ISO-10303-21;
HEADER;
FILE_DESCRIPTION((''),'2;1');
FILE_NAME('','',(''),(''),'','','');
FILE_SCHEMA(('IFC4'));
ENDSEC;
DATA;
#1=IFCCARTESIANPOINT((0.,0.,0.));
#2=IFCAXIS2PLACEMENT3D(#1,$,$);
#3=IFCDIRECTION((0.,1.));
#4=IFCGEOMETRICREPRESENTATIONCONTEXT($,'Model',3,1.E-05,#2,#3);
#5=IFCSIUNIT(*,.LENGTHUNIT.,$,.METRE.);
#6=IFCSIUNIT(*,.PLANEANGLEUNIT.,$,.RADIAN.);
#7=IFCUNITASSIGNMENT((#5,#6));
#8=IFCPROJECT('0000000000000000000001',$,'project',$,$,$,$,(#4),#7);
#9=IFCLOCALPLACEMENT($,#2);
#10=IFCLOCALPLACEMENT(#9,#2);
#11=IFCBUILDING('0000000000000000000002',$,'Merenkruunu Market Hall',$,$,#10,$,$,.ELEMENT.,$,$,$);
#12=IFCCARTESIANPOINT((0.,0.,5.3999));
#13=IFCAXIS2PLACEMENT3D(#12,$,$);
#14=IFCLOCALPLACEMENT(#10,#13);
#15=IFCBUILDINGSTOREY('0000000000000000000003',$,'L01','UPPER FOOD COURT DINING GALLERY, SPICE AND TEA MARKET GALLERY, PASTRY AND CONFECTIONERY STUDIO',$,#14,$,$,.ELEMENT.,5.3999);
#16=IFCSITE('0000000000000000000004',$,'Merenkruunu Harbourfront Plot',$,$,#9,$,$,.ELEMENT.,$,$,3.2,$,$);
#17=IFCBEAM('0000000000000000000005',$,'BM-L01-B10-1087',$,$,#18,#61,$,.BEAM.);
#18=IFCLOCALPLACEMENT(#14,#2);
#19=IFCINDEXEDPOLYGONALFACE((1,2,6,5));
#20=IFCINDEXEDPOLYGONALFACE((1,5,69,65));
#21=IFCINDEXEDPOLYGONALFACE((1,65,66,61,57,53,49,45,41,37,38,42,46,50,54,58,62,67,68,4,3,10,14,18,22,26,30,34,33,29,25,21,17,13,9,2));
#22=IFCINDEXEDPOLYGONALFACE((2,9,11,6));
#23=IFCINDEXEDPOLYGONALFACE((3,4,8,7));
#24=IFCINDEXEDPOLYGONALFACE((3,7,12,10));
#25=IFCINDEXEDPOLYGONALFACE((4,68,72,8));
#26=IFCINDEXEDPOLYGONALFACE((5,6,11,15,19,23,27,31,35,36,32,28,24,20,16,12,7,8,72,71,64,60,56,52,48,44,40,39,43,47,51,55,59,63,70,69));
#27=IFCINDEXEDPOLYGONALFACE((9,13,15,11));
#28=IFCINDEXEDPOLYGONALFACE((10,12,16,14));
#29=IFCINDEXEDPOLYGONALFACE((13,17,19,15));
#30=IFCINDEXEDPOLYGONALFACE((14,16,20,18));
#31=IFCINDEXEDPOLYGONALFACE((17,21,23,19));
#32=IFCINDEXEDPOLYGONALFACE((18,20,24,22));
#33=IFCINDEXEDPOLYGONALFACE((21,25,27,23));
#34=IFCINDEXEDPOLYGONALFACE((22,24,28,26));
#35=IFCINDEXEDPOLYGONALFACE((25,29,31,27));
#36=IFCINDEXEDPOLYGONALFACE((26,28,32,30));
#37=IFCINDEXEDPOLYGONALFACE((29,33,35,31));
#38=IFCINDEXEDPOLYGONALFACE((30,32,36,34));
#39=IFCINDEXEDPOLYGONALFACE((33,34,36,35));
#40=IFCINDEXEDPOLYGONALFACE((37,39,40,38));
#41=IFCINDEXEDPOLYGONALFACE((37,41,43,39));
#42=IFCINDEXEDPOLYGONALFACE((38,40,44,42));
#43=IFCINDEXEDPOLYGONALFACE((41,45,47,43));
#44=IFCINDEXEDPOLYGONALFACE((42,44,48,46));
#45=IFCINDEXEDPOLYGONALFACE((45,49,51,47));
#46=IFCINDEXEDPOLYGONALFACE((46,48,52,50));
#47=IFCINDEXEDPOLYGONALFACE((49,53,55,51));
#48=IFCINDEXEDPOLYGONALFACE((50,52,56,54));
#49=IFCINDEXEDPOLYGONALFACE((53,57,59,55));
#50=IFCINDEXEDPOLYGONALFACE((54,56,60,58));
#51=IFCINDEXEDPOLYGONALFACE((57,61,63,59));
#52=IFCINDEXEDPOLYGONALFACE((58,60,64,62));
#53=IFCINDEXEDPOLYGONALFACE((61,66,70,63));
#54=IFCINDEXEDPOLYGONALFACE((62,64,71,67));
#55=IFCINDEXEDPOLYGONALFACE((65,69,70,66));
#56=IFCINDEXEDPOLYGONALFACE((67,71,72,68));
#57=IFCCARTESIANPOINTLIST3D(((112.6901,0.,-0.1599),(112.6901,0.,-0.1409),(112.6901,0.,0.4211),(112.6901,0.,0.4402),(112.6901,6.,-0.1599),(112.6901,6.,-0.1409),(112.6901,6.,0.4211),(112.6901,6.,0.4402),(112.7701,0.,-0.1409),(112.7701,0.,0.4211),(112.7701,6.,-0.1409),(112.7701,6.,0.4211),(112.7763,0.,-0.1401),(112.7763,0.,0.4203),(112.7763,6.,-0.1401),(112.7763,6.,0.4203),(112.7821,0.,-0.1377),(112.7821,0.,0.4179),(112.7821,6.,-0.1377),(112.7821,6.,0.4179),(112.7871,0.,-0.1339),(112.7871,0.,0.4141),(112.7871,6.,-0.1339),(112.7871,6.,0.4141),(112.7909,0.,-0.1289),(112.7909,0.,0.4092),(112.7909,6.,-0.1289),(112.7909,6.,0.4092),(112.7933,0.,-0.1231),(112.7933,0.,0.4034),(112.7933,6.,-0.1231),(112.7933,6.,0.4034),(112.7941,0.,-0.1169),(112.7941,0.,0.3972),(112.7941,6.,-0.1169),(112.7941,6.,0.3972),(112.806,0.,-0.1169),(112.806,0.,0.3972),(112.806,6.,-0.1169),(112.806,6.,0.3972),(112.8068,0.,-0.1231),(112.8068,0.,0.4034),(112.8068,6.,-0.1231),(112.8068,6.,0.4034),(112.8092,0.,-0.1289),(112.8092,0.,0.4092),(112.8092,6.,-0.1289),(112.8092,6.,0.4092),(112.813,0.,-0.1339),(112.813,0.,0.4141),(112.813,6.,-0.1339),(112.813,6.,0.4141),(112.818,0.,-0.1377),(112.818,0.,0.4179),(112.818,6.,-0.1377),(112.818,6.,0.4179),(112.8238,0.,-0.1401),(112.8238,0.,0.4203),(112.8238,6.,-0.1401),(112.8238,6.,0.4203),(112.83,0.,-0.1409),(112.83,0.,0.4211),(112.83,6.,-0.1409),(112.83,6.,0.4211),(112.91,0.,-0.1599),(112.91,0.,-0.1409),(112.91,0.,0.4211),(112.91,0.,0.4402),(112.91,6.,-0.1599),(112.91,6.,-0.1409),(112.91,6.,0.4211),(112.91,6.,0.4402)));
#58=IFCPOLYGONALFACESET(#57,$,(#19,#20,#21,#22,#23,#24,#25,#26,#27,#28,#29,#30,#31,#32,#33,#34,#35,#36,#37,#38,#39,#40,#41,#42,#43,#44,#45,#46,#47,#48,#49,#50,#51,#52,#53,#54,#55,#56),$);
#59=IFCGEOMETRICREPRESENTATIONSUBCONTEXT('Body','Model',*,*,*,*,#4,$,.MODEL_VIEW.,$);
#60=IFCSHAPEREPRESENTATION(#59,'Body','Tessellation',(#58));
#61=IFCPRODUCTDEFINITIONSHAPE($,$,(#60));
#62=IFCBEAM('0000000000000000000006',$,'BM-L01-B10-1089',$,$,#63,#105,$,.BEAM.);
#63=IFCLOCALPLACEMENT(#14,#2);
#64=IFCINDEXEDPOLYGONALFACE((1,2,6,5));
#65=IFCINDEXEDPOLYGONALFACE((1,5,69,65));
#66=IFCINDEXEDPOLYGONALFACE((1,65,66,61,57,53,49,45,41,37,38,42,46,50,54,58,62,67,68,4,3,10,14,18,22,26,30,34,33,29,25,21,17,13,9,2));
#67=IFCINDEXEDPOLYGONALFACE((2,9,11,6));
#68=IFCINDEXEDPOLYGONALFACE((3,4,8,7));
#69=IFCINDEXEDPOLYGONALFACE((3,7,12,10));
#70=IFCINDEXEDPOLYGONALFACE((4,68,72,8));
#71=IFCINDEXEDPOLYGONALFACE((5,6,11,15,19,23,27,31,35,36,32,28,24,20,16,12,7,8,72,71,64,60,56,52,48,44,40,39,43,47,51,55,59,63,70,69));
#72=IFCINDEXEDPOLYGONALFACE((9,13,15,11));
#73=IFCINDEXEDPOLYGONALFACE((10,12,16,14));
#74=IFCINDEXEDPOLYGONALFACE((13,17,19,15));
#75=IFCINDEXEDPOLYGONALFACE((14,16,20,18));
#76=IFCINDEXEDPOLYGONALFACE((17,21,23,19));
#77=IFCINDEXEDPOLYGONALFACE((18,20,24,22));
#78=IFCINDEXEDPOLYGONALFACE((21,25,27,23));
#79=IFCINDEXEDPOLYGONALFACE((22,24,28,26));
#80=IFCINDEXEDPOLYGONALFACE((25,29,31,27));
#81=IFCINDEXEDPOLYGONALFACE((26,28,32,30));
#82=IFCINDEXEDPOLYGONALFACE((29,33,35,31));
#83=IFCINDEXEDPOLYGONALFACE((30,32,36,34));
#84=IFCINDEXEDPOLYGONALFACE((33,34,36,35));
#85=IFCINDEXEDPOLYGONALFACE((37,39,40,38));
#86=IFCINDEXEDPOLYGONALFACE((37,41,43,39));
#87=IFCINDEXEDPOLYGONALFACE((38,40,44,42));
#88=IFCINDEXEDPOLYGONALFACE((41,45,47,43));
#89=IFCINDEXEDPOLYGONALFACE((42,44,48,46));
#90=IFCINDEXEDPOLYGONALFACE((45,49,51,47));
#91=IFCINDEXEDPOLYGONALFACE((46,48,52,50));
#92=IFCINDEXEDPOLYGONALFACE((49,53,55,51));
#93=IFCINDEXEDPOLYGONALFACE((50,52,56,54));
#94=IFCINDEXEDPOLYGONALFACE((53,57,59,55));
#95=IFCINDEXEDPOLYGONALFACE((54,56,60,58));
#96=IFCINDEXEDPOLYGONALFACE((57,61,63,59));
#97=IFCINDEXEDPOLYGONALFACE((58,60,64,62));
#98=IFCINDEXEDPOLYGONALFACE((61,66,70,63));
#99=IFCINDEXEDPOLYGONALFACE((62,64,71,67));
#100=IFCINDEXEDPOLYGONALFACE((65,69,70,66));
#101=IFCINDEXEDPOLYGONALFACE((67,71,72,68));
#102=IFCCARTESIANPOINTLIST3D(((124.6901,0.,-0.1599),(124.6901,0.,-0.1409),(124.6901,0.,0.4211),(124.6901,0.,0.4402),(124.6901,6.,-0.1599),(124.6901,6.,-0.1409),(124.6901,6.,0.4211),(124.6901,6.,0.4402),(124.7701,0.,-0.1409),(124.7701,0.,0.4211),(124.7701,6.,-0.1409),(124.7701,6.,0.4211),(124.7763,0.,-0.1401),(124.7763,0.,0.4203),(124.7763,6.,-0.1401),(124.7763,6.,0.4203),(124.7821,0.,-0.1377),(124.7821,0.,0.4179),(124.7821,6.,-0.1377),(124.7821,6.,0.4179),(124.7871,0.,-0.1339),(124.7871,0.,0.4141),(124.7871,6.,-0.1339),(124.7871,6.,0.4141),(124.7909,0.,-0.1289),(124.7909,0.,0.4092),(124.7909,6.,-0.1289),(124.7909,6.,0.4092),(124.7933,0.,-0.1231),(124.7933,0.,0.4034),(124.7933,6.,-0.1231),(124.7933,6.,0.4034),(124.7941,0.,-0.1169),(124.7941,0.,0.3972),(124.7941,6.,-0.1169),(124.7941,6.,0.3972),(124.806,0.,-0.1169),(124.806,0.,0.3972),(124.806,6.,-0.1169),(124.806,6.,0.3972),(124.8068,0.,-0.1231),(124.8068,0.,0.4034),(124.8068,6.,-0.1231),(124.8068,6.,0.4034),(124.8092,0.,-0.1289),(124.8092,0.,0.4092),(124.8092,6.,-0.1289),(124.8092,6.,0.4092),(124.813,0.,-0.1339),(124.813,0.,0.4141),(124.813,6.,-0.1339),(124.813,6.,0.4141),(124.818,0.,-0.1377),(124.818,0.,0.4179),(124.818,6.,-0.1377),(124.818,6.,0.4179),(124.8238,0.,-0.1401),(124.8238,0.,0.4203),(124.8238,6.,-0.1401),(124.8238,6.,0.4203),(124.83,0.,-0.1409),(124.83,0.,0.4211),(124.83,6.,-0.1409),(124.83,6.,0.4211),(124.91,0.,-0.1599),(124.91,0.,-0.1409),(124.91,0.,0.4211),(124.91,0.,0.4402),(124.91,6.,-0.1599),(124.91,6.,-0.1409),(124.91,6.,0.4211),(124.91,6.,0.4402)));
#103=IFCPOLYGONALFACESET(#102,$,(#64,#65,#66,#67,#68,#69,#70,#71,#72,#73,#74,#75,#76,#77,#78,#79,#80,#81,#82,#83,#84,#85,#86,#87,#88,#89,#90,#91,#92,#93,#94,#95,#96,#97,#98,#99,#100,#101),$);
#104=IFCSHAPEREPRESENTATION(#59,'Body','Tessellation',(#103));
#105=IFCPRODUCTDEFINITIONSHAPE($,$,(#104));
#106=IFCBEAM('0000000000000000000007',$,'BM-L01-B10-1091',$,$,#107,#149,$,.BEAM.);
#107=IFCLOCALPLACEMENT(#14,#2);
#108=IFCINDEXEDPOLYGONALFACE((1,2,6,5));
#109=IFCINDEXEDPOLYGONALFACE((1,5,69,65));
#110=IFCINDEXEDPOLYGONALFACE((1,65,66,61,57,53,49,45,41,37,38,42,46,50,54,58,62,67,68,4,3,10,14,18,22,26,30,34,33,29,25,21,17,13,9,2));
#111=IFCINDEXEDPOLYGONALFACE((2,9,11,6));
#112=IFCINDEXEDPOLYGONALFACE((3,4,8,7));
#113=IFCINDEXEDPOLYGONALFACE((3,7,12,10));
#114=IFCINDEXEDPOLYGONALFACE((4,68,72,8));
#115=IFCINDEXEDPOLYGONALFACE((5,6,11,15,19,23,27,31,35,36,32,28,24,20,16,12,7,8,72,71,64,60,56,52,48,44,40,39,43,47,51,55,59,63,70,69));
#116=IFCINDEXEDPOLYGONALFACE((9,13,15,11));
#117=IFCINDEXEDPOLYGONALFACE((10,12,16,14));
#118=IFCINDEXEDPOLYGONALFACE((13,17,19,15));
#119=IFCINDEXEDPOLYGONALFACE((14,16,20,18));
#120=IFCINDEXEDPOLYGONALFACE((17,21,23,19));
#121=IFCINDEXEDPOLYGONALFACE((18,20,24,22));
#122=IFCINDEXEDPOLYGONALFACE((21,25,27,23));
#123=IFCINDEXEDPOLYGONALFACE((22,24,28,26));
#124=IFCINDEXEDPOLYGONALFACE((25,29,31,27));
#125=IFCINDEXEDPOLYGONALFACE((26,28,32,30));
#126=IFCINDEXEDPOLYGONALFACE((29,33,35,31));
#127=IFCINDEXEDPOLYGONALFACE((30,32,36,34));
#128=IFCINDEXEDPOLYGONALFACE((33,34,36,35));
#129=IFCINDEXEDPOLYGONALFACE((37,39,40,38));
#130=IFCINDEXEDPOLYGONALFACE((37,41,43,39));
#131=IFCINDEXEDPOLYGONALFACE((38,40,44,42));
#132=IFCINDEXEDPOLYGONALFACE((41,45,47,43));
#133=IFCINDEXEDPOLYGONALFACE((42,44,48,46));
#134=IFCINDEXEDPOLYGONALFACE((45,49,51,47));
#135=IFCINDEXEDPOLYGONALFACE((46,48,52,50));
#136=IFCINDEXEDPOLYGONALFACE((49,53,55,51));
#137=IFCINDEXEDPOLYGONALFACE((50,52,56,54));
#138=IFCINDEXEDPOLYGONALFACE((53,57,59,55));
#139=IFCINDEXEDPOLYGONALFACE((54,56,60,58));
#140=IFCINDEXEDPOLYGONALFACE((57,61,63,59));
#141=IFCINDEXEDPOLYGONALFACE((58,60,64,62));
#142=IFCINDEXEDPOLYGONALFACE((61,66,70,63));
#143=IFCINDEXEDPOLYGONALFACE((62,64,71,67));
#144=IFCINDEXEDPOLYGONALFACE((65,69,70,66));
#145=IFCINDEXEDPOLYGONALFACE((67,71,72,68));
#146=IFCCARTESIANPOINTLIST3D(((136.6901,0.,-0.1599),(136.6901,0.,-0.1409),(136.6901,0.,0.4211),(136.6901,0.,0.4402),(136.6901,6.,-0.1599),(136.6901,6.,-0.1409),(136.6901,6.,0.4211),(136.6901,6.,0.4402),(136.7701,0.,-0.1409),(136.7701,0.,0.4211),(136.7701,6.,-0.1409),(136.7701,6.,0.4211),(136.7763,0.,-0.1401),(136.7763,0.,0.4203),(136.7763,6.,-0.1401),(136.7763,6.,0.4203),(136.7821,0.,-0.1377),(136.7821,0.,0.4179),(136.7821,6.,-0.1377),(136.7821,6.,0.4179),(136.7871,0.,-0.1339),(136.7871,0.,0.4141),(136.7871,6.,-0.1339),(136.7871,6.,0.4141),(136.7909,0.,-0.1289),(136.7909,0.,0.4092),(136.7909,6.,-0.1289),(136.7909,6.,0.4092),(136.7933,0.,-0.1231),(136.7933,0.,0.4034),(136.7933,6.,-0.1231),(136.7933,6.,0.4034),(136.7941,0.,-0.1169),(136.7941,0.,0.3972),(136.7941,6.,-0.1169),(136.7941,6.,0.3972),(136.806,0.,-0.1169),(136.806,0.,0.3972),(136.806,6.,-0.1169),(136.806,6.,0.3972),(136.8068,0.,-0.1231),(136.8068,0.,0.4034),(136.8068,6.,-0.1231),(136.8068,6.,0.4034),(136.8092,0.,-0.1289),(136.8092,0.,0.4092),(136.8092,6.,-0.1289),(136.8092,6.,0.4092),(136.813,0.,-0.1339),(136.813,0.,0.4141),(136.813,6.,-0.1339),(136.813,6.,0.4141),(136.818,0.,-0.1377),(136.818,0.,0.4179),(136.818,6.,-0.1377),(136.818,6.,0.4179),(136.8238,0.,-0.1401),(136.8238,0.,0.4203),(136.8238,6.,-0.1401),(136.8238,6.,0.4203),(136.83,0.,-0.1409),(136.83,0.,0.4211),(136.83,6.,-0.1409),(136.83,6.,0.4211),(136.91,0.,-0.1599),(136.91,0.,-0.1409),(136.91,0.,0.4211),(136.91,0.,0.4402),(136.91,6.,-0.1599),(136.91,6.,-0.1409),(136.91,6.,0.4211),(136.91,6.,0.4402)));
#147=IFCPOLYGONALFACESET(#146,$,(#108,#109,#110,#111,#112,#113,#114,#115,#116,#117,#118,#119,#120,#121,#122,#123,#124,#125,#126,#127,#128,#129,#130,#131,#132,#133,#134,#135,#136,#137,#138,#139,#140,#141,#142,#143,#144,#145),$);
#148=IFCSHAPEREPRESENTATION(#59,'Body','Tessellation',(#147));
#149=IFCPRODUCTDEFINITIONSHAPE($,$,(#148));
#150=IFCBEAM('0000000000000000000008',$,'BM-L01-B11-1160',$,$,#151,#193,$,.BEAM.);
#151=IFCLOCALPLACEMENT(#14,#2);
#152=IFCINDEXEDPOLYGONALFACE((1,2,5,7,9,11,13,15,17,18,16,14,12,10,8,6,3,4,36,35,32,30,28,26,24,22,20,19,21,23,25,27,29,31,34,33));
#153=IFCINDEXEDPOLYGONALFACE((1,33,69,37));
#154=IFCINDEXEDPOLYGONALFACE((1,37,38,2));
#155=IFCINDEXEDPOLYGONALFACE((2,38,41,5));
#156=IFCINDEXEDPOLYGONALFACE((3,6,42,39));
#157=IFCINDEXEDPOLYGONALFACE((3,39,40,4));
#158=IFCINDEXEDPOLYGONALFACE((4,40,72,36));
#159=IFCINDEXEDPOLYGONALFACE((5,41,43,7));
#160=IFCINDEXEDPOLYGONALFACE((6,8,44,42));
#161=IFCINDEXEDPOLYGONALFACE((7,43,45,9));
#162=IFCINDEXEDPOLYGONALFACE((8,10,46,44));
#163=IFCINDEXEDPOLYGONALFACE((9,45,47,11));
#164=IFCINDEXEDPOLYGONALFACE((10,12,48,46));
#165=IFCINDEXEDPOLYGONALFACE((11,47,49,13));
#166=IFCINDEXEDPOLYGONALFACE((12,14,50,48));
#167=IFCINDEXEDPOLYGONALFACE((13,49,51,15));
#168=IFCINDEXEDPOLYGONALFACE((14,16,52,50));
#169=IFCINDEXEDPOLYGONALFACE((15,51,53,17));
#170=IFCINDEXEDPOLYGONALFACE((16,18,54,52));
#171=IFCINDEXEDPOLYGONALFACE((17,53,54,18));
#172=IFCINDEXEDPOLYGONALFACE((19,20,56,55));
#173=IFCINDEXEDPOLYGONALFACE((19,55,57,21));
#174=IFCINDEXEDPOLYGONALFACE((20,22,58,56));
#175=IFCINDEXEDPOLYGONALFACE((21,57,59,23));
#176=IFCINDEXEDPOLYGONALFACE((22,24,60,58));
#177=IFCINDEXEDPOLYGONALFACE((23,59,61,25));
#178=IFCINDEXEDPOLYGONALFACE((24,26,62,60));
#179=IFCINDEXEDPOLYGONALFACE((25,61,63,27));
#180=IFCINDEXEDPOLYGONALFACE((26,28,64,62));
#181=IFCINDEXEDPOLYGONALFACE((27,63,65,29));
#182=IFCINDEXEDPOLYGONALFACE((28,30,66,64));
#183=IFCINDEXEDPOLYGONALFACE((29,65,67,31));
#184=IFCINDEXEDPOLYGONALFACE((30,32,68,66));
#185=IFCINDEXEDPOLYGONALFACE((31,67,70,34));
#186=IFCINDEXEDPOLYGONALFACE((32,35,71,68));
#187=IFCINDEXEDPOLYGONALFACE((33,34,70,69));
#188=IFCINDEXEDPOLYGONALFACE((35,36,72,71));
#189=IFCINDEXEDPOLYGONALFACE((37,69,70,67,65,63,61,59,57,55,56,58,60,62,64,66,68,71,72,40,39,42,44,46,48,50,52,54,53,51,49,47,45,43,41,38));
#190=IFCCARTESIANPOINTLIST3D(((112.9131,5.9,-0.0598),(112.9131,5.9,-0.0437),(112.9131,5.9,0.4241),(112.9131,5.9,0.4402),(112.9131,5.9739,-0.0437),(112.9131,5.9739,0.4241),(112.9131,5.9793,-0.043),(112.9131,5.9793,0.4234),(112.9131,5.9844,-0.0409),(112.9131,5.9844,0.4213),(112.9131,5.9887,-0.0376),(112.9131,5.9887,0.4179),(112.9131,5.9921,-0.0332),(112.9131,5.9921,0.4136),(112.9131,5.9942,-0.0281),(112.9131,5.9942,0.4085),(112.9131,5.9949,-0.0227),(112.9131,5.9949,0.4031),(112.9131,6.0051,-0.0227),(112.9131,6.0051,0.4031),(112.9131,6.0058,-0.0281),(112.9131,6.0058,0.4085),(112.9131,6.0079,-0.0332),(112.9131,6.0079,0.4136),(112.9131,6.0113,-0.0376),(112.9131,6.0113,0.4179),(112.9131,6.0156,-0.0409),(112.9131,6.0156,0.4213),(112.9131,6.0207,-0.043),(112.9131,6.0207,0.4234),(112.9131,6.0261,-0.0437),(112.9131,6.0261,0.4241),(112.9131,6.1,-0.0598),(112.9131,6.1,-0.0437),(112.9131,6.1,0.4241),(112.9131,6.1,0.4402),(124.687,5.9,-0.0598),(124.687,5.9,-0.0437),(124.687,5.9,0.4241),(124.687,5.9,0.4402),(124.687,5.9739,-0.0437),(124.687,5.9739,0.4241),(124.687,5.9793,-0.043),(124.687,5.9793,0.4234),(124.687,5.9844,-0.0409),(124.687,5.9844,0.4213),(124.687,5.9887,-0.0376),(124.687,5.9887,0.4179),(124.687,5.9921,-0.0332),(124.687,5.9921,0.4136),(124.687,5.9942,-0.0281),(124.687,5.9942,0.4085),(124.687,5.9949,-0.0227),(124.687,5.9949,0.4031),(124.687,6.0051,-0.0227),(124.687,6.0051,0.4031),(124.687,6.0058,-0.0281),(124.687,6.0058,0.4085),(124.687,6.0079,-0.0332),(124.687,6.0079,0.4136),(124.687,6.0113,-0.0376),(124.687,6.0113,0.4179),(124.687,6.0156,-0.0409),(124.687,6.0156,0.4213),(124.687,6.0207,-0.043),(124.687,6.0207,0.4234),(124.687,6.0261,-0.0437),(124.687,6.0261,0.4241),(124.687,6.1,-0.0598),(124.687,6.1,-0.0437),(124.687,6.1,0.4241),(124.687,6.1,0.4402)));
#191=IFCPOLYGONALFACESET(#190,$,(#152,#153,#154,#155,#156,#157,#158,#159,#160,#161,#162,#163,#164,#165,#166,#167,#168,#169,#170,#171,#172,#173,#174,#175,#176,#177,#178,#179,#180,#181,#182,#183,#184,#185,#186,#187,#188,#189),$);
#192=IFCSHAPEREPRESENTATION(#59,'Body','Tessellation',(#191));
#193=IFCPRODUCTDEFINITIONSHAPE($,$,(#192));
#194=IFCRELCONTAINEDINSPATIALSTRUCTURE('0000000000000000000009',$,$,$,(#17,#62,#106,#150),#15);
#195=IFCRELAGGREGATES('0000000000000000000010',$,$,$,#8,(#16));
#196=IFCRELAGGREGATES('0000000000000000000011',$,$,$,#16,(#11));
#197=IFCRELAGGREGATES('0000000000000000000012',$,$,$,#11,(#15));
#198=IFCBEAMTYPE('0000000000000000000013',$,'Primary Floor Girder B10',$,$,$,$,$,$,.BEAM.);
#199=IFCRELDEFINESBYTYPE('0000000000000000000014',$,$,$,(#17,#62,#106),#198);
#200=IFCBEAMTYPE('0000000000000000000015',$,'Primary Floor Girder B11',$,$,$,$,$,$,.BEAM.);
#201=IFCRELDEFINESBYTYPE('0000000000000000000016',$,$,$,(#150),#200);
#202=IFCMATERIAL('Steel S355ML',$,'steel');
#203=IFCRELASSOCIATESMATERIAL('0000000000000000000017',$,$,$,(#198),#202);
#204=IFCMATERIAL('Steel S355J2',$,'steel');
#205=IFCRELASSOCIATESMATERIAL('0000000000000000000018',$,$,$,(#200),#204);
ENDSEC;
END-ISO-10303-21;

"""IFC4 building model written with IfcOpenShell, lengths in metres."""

from ifc_helpers import new_model, si_unit, direction, frame, origin, origin_2d, place, context, subcontext, project, spatial, i_section, extrude, material, material_profile, profile_set, type_object, element, save


model = new_model("IFC4")

# Units and contexts
model_context = context("Model", 3, precision=1e-05, world=origin(), true_north=direction((0.0, 1.0)))
body_context = subcontext(model_context, "Body", "Model", "MODEL_VIEW")
ifc_project = project(units=[si_unit("LENGTHUNIT", "METRE"), si_unit("PLANEANGLEUNIT", "RADIAN")], contexts=[model_context])

# Site, building, storey
site_placement = place(None, origin())
site = spatial("IfcSite", under=ifc_project, at=site_placement, Name="Merenkruunu Harbourfront Plot", CompositionType="ELEMENT", RefElevation=3.2)
building_placement = place(site_placement, origin())
building = spatial("IfcBuilding", under=site, at=building_placement, Name="Merenkruunu Market Hall", CompositionType="ELEMENT")
storey_placement = place(building_placement, frame((0.0, 0.0, 5.3999)))
storey = spatial("IfcBuildingStorey", under=building, at=storey_placement, Name="L01", Description="UPPER FOOD COURT DINING GALLERY, SPICE AND TEA MARKET GALLERY, PASTRY AND CONFECTIONERY STUDIO", CompositionType="ELEMENT", Elevation=5.3999)

# Shared definitions
ifc_material_1 = material(Name="Steel S355J2", Category="steel")

# Beams
ifc_material_2 = material(Name="Steel S355ML", Category="steel")
ifc_material_profile_1 = material_profile(ifc_material_2, i_section(OverallWidth=0.22, OverallDepth=0.6001, WebThickness=0.012, FlangeThickness=0.019, FilletRadius=0.0239, at=origin_2d()), Name="IPE 600")
ifc_profile_set_1 = profile_set([ifc_material_profile_1], Name="Steel S355ML")
beam_type_1 = type_object("IfcBeamType", Name="Primary Floor Girder B10", PredefinedType="BEAM", material=ifc_profile_set_1)
for number, where, z_axis, x_axis, name in (
    (1, (112.8, 6.0, 0.1401), (0.0, -1.0, 0.0), (1.0, 0.0, 0.0), "BM-L01-B10-1087"),
    (2, (124.8, 6.0, 0.1401), (0.0, -1.0, 0.0), (1.0, 0.0, 0.0), "BM-L01-B10-1089"),
    (3, (136.8, 6.0, 0.1401), (0.0, -1.0, 0.0), (1.0, 0.0, 0.0), "BM-L01-B10-1091"),
):
    element("IfcBeam", number, at=place(storey_placement, frame(where, z_axis=z_axis, x_axis=x_axis)), inside=storey, type_object=beam_type_1, Name=name, PredefinedType="BEAM", context=body_context, shape_type="SweptSolid", body=[
        extrude(i_section(OverallWidth=0.22, OverallDepth=0.6001, WebThickness=0.012, FlangeThickness=0.019, FilletRadius=0.0239, at=origin_2d()), origin(), (0.0, 0.0, 1.0), 6.0),
    ])
ifc_material_profile_2 = material_profile(ifc_material_1, i_section(OverallWidth=0.2, OverallDepth=0.5, WebThickness=0.0103, FlangeThickness=0.0161, FilletRadius=0.021, at=origin_2d()), Name="IPE 500")
ifc_profile_set_2 = profile_set([ifc_material_profile_2], Name="Steel S355J2")
beam_type_2 = type_object("IfcBeamType", Name="Primary Floor Girder B11", PredefinedType="BEAM", material=ifc_profile_set_2)
for number, where, z_axis, x_axis, name in (
    (4, (112.9131, 6.0, 0.1902), (1.0, 0.0, 0.0), (0.0, 1.0, 0.0), "BM-L01-B11-1160"),
):
    element("IfcBeam", number, at=place(storey_placement, frame(where, z_axis=z_axis, x_axis=x_axis)), inside=storey, type_object=beam_type_2, Name=name, PredefinedType="BEAM", context=body_context, shape_type="SweptSolid", body=[
        extrude(i_section(OverallWidth=0.2, OverallDepth=0.5, WebThickness=0.0103, FlangeThickness=0.0161, FilletRadius=0.021, at=origin_2d()), origin(), (0.0, 0.0, 1.0), 11.7739),
    ])

save(model, "model.ifc")
